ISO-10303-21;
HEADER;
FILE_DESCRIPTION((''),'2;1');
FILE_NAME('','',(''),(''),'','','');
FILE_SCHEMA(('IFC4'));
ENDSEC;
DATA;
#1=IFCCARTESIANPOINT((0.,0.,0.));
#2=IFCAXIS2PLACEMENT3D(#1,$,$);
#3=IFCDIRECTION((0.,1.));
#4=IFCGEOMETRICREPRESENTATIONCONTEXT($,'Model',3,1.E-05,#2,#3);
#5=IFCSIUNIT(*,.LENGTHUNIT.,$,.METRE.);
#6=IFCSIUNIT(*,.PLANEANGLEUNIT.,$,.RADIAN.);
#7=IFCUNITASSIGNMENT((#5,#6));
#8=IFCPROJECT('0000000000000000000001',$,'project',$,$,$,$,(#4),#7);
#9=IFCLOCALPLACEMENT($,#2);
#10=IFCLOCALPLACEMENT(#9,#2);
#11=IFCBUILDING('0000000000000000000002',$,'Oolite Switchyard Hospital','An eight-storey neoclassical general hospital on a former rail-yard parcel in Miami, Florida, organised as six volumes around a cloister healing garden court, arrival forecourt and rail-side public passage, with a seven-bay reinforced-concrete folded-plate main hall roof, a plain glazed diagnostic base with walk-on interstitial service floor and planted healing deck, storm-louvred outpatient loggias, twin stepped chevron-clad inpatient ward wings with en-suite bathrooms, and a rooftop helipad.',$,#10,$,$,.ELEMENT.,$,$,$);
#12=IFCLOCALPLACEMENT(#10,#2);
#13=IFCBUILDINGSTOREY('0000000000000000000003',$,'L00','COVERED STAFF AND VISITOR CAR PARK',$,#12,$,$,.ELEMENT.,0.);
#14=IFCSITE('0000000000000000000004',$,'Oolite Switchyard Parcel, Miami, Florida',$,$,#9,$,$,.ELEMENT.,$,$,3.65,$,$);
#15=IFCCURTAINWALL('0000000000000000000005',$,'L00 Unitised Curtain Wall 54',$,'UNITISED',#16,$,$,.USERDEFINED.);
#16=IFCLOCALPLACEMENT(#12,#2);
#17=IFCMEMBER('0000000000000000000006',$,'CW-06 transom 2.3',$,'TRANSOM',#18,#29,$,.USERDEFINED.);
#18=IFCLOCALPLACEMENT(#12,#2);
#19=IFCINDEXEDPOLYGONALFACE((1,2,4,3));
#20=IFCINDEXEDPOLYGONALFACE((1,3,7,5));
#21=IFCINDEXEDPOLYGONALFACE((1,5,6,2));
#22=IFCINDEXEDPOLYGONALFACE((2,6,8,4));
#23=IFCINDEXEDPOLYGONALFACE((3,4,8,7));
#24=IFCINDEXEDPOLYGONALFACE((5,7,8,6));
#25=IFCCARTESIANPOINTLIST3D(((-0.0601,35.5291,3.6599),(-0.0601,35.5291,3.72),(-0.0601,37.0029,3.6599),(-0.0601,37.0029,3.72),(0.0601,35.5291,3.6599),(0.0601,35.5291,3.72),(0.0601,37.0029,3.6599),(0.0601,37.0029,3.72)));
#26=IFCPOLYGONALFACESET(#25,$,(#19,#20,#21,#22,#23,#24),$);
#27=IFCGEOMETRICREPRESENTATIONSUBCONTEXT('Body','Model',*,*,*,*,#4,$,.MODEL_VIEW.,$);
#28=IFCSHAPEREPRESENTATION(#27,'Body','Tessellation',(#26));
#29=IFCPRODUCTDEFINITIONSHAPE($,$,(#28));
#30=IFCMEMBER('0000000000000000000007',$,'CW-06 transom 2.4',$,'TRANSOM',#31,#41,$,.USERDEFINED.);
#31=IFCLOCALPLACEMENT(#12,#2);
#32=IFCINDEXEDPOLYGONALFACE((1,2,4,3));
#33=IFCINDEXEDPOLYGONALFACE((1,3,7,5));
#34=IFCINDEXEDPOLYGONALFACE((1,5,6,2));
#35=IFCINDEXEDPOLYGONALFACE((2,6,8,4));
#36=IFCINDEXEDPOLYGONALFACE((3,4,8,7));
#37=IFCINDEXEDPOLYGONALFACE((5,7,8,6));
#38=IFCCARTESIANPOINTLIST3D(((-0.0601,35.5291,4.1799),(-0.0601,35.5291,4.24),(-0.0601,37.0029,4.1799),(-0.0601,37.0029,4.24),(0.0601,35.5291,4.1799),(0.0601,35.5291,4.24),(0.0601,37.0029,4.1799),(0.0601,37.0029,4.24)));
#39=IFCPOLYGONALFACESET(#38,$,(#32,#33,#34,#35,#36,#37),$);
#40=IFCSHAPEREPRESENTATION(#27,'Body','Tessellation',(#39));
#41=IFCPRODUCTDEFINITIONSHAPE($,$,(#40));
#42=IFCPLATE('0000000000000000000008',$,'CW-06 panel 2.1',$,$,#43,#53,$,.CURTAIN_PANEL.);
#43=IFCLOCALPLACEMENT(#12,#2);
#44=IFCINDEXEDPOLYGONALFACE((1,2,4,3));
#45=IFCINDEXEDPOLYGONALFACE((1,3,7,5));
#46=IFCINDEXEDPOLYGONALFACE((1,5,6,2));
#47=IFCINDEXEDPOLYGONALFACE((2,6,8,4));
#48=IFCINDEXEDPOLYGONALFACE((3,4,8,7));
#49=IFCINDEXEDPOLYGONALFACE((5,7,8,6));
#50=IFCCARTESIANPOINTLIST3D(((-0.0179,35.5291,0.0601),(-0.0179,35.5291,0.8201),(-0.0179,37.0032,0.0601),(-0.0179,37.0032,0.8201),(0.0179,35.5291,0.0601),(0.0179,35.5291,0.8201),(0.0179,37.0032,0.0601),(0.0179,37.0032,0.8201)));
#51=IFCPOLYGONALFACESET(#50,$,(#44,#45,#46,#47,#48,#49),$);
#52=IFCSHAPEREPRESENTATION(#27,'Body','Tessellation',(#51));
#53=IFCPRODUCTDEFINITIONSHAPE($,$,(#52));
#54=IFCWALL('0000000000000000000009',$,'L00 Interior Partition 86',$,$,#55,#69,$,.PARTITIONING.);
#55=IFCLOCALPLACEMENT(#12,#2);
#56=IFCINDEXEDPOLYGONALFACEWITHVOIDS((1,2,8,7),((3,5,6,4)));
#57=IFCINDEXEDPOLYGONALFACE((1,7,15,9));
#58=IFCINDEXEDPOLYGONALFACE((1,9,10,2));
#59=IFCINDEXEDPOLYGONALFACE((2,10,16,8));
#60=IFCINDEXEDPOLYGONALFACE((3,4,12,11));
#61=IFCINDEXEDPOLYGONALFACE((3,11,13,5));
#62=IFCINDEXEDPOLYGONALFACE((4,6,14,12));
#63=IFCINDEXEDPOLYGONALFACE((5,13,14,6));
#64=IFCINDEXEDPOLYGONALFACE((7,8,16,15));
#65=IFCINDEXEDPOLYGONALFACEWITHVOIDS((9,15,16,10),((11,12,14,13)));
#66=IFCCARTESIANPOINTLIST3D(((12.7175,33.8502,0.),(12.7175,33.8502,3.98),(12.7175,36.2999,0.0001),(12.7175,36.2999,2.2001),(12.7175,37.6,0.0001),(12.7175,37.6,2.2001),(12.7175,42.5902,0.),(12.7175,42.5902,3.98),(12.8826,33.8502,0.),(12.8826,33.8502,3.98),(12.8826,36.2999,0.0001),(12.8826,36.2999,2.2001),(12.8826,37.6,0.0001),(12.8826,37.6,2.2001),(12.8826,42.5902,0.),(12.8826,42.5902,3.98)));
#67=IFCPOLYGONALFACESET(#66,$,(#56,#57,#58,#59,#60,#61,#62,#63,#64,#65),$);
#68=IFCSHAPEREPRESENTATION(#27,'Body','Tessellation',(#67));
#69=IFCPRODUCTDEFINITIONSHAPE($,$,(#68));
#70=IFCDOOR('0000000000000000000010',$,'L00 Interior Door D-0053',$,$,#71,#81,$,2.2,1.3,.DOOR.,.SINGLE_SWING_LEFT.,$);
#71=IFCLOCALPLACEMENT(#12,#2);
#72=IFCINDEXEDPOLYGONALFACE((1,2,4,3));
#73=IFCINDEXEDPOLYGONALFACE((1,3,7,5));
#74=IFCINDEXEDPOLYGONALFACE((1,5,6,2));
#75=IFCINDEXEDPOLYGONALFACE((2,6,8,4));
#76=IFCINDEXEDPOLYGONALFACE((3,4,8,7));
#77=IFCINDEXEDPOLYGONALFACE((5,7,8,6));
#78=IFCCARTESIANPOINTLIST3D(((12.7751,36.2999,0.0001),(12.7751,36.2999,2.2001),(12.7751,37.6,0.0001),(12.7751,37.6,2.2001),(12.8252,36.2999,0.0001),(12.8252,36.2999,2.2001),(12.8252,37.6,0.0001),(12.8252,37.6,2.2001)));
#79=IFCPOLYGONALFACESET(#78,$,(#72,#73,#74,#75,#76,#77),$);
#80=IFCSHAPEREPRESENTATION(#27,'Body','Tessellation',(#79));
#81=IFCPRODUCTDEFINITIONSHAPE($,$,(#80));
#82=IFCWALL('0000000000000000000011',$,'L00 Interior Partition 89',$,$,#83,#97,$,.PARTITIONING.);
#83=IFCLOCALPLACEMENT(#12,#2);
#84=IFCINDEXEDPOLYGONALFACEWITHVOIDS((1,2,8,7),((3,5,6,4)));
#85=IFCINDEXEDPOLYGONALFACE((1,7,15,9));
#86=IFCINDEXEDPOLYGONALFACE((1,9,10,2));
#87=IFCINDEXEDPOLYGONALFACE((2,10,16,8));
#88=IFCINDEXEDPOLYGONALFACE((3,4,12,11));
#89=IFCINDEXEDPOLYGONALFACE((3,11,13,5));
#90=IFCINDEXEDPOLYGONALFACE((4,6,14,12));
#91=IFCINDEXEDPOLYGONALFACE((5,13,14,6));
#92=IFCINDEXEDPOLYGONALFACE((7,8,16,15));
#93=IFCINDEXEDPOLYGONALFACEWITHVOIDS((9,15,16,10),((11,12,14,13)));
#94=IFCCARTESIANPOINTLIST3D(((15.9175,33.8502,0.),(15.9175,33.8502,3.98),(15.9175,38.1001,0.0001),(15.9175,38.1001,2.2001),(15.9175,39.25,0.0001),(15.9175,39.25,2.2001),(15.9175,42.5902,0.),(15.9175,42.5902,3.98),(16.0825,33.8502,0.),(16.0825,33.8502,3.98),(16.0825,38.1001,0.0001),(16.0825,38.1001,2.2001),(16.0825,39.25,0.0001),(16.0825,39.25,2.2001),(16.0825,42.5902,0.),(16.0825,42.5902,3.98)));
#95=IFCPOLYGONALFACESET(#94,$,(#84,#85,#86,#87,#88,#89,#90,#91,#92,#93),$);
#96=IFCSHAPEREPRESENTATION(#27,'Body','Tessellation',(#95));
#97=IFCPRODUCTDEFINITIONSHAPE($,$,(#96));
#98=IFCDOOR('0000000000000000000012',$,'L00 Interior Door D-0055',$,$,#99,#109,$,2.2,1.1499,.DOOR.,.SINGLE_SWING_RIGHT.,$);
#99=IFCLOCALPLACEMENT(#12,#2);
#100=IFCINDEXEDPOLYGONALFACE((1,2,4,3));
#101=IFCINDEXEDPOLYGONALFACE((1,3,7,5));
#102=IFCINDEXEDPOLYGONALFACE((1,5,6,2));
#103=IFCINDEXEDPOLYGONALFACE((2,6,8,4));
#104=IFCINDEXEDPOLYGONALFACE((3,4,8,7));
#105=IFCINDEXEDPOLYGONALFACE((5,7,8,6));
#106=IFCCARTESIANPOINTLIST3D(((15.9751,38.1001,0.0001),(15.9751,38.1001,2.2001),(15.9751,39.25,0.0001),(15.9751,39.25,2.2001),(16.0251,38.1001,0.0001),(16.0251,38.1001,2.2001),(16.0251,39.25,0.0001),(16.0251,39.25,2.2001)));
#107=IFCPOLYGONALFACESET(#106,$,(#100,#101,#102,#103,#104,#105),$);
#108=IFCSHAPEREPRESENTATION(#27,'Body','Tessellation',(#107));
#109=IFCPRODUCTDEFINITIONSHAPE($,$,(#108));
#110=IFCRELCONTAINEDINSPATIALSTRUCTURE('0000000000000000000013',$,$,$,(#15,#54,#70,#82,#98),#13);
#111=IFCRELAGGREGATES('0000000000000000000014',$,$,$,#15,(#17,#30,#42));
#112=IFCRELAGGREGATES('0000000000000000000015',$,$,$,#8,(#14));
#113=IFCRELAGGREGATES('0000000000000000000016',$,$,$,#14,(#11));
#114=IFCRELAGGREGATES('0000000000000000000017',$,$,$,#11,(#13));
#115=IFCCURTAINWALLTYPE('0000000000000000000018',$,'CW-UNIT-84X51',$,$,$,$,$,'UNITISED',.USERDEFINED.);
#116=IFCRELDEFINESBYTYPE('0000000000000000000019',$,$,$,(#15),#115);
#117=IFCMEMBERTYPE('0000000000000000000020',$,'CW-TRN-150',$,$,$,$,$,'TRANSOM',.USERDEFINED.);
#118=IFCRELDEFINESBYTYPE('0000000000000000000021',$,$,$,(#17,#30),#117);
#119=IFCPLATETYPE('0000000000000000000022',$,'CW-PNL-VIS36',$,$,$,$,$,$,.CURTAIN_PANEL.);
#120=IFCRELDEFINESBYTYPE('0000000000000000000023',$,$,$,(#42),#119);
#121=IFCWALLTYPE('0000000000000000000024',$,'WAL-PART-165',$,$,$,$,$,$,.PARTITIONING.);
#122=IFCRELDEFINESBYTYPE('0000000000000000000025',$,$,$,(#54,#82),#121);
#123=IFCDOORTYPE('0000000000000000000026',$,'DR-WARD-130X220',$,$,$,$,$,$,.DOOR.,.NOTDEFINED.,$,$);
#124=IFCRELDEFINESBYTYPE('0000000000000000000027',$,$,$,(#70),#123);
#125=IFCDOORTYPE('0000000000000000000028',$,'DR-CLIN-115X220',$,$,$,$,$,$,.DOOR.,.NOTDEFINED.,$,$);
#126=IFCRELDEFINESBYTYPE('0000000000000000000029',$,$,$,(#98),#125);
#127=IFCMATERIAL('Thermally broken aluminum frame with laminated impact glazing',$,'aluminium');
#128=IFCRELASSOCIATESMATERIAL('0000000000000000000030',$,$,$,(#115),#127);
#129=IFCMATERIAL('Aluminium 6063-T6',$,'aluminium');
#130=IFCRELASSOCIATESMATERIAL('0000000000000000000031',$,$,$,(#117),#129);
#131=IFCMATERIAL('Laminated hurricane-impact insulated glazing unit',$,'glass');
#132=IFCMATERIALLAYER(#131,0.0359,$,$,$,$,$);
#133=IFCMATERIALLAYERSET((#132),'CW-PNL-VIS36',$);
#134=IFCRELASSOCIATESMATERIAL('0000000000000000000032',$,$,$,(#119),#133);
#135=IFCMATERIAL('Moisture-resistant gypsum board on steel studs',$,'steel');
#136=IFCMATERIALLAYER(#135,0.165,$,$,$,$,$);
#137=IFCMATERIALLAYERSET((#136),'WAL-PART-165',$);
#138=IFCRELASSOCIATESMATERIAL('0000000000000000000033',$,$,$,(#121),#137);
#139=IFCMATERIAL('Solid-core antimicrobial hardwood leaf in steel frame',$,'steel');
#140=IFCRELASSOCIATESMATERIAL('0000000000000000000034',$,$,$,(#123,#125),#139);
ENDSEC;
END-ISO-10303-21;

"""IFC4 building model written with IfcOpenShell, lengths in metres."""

from ifc_helpers import new_model, si_unit, direction, frame, frame_2d, origin, origin_2d, place, context, subcontext, project, spatial, rectangle, extrude, material, layer, layer_set, material_profile, profile_set, type_object, element, fill, aggregate, save


model = new_model("IFC4")

# Units and contexts
model_context = context("Model", 3, precision=1e-05, world=origin(), true_north=direction((0.0, 1.0)))
body_context = subcontext(model_context, "Body", "Model", "MODEL_VIEW")
ifc_project = project(units=[si_unit("LENGTHUNIT", "METRE"), si_unit("PLANEANGLEUNIT", "RADIAN")], contexts=[model_context])

# Site, building, storey
site_placement = place(None, origin())
site = spatial("IfcSite", under=ifc_project, at=site_placement, Name="Oolite Switchyard Parcel, Miami, Florida", CompositionType="ELEMENT", RefElevation=3.65)
building_placement = place(site_placement, origin())
building = spatial("IfcBuilding", under=site, at=building_placement, Name="Oolite Switchyard Hospital", Description="An eight-storey neoclassical general hospital on a former rail-yard parcel in Miami, Florida, organised as six volumes around a cloister healing garden court, arrival forecourt and rail-side public passage, with a seven-bay reinforced-concrete folded-plate main hall roof, a plain glazed diagnostic base with walk-on interstitial service floor and planted healing deck, storm-louvred outpatient loggias, twin stepped chevron-clad inpatient ward wings with en-suite bathrooms, and a rooftop helipad.", CompositionType="ELEMENT")
storey_placement = place(building_placement, origin())
storey = spatial("IfcBuildingStorey", under=building, at=storey_placement, Name="L00", Description="COVERED STAFF AND VISITOR CAR PARK", CompositionType="ELEMENT", Elevation=0.0)

# Curtain wall, members, plate
ifc_material_1 = material(Name="Thermally broken aluminum frame with laminated impact glazing", Category="aluminium")
curtain_wall_type = type_object("IfcCurtainWallType", Name="CW-UNIT-84X51", ElementType="UNITISED", PredefinedType="USERDEFINED", material=ifc_material_1)
curtain_wall_placement = place(storey_placement, origin())
curtain_wall = element("IfcCurtainWall", 1, at=curtain_wall_placement, inside=storey, type_object=curtain_wall_type, Name="L00 Unitised Curtain Wall 54", ObjectType="UNITISED", PredefinedType="USERDEFINED")
ifc_material_2 = material(Name="Aluminium 6063-T6", Category="aluminium")
ifc_material_profile_1 = material_profile(ifc_material_2, rectangle(XDim=0.1201, YDim=0.0601, at=origin_2d()), Name="CWT60X120")
ifc_profile_set_1 = profile_set([ifc_material_profile_1], Name="Aluminium 6063-T6")
member_type = type_object("IfcMemberType", Name="CW-TRN-150", ElementType="TRANSOM", PredefinedType="USERDEFINED", material=ifc_profile_set_1)
member_1_placement = place(storey_placement, frame((0.0, 35.5291, 3.6899), z_axis=(0.0, 1.0, 0.0), x_axis=(-1.0, 0.0, 0.0)))
member_1 = element("IfcMember", 2, at=member_1_placement, type_object=member_type, Name="CW-06 transom 2.3", ObjectType="TRANSOM", PredefinedType="USERDEFINED", context=body_context, shape_type="SweptSolid", body=[
    extrude(rectangle(XDim=0.1201, YDim=0.0601, at=origin_2d()), origin(), (0.0, 0.0, 1.0), 1.4739),
])
member_2_placement = place(storey_placement, frame((0.0, 35.5291, 4.21), z_axis=(0.0, 1.0, 0.0), x_axis=(-1.0, 0.0, 0.0)))
member_2 = element("IfcMember", 3, at=member_2_placement, type_object=member_type, Name="CW-06 transom 2.4", ObjectType="TRANSOM", PredefinedType="USERDEFINED", context=body_context, shape_type="SweptSolid", body=[
    extrude(rectangle(XDim=0.1201, YDim=0.0601, at=origin_2d()), origin(), (0.0, 0.0, 1.0), 1.4739),
])
ifc_material_3 = material(Name="Laminated hurricane-impact insulated glazing unit", Category="glass")
ifc_layer_1 = layer(ifc_material_3, 0.0359)
ifc_layer_set_1 = layer_set([ifc_layer_1], Name="CW-PNL-VIS36")
plate_type = type_object("IfcPlateType", Name="CW-PNL-VIS36", PredefinedType="CURTAIN_PANEL", material=ifc_layer_set_1)
plate_placement = place(storey_placement, frame((0.0, 36.2661, 0.0601), z_axis=(0.0, 0.0, 1.0), x_axis=(0.0, 1.0, 0.0)))
plate = element("IfcPlate", 4, at=plate_placement, type_object=plate_type, Name="CW-06 panel 2.1", PredefinedType="CURTAIN_PANEL", context=body_context, shape_type="SweptSolid", body=[
    extrude(rectangle(XDim=1.4741, YDim=0.0359, at=origin_2d()), origin(), (0.0, 0.0, 1.0), 0.76),
])
aggregate(curtain_wall, [member_1, member_2, plate])

# Walls, openings, doors
ifc_material_4 = material(Name="Moisture-resistant gypsum board on steel studs", Category="steel")
ifc_layer_2 = layer(ifc_material_4, 0.165)
ifc_layer_set_2 = layer_set([ifc_layer_2], Name="WAL-PART-165")
wall_type = type_object("IfcWallType", Name="WAL-PART-165", PredefinedType="PARTITIONING", material=ifc_layer_set_2)
wall_1_placement = place(storey_placement, frame((12.8, 33.8501, 0.0), z_axis=(0.0, 0.0, 1.0), x_axis=(0.0, 1.0, 0.0)))
wall_1 = element("IfcWall", 5, at=wall_1_placement, inside=storey, type_object=wall_type, Name="L00 Interior Partition 86", PredefinedType="PARTITIONING", context=body_context, shape_type="SweptSolid", body=[
    extrude(rectangle(XDim=8.74, YDim=0.165, at=frame_2d((4.3701, 0.0))), origin(), (0.0, 0.0, 1.0), 3.98),
])
opening_1_placement = place(wall_1_placement, frame((2.45, 0.0, 0.0)))
opening_1 = element("IfcOpeningElement", 6, at=opening_1_placement, cuts=wall_1, PredefinedType="OPENING", context=body_context, shape_type="SweptSolid", body=[
    extrude(rectangle(XDim=1.3, YDim=2.2, at=frame_2d((0.6499, 1.1001))), frame((0.0, 0.0925, 0.0), z_axis=(0.0, -1.0, 0.0), x_axis=(1.0, 0.0, 0.0)), (0.0, 0.0, 1.0), 0.1851),
])
ifc_material_5 = material(Name="Solid-core antimicrobial hardwood leaf in steel frame", Category="steel")
door_type_1 = type_object("IfcDoorType", Name="DR-WARD-130X220", OperationType="NOTDEFINED", PredefinedType="DOOR", material=ifc_material_5)
door_1_placement = place(opening_1_placement, origin())
door_1 = element("IfcDoor", 7, at=door_1_placement, inside=storey, type_object=door_type_1, Name="L00 Interior Door D-0053", OperationType="SINGLE_SWING_LEFT", OverallHeight=2.2, OverallWidth=1.3, PredefinedType="DOOR", context=body_context, shape_type="SweptSolid", body=[
    extrude(rectangle(XDim=1.3, YDim=2.2, at=frame_2d((0.6499, 1.1001))), frame((0.0, 0.0249, 0.0), z_axis=(0.0, -1.0, 0.0), x_axis=(1.0, 0.0, 0.0)), (0.0, 0.0, 1.0), 0.05),
])
fill(opening_1, door_1)
wall_2_placement = place(storey_placement, frame((16.0, 33.8501, 0.0), z_axis=(0.0, 0.0, 1.0), x_axis=(0.0, 1.0, 0.0)))
wall_2 = element("IfcWall", 8, at=wall_2_placement, inside=storey, type_object=wall_type, Name="L00 Interior Partition 89", PredefinedType="PARTITIONING", context=body_context, shape_type="SweptSolid", body=[
    extrude(rectangle(XDim=8.74, YDim=0.165, at=frame_2d((4.3701, 0.0))), origin(), (0.0, 0.0, 1.0), 3.98),
])
opening_2_placement = place(wall_2_placement, frame((4.25, 0.0, 0.0)))
opening_2 = element("IfcOpeningElement", 9, at=opening_2_placement, cuts=wall_2, PredefinedType="OPENING", context=body_context, shape_type="SweptSolid", body=[
    extrude(rectangle(XDim=1.1499, YDim=2.2, at=frame_2d((0.575, 1.1001))), frame((0.0, 0.0925, 0.0), z_axis=(0.0, -1.0, 0.0), x_axis=(1.0, 0.0, 0.0)), (0.0, 0.0, 1.0), 0.1851),
])
door_type_2 = type_object("IfcDoorType", Name="DR-CLIN-115X220", OperationType="NOTDEFINED", PredefinedType="DOOR", material=ifc_material_5)
door_2_placement = place(opening_2_placement, origin())
door_2 = element("IfcDoor", 10, at=door_2_placement, inside=storey, type_object=door_type_2, Name="L00 Interior Door D-0055", OperationType="SINGLE_SWING_RIGHT", OverallHeight=2.2, OverallWidth=1.1499, PredefinedType="DOOR", context=body_context, shape_type="SweptSolid", body=[
    extrude(rectangle(XDim=1.1499, YDim=2.2, at=frame_2d((0.575, 1.1001))), frame((0.0, 0.0249, 0.0), z_axis=(0.0, -1.0, 0.0), x_axis=(1.0, 0.0, 0.0)), (0.0, 0.0, 1.0), 0.05),
])
fill(opening_2, door_2)

save(model, "model.ifc")
